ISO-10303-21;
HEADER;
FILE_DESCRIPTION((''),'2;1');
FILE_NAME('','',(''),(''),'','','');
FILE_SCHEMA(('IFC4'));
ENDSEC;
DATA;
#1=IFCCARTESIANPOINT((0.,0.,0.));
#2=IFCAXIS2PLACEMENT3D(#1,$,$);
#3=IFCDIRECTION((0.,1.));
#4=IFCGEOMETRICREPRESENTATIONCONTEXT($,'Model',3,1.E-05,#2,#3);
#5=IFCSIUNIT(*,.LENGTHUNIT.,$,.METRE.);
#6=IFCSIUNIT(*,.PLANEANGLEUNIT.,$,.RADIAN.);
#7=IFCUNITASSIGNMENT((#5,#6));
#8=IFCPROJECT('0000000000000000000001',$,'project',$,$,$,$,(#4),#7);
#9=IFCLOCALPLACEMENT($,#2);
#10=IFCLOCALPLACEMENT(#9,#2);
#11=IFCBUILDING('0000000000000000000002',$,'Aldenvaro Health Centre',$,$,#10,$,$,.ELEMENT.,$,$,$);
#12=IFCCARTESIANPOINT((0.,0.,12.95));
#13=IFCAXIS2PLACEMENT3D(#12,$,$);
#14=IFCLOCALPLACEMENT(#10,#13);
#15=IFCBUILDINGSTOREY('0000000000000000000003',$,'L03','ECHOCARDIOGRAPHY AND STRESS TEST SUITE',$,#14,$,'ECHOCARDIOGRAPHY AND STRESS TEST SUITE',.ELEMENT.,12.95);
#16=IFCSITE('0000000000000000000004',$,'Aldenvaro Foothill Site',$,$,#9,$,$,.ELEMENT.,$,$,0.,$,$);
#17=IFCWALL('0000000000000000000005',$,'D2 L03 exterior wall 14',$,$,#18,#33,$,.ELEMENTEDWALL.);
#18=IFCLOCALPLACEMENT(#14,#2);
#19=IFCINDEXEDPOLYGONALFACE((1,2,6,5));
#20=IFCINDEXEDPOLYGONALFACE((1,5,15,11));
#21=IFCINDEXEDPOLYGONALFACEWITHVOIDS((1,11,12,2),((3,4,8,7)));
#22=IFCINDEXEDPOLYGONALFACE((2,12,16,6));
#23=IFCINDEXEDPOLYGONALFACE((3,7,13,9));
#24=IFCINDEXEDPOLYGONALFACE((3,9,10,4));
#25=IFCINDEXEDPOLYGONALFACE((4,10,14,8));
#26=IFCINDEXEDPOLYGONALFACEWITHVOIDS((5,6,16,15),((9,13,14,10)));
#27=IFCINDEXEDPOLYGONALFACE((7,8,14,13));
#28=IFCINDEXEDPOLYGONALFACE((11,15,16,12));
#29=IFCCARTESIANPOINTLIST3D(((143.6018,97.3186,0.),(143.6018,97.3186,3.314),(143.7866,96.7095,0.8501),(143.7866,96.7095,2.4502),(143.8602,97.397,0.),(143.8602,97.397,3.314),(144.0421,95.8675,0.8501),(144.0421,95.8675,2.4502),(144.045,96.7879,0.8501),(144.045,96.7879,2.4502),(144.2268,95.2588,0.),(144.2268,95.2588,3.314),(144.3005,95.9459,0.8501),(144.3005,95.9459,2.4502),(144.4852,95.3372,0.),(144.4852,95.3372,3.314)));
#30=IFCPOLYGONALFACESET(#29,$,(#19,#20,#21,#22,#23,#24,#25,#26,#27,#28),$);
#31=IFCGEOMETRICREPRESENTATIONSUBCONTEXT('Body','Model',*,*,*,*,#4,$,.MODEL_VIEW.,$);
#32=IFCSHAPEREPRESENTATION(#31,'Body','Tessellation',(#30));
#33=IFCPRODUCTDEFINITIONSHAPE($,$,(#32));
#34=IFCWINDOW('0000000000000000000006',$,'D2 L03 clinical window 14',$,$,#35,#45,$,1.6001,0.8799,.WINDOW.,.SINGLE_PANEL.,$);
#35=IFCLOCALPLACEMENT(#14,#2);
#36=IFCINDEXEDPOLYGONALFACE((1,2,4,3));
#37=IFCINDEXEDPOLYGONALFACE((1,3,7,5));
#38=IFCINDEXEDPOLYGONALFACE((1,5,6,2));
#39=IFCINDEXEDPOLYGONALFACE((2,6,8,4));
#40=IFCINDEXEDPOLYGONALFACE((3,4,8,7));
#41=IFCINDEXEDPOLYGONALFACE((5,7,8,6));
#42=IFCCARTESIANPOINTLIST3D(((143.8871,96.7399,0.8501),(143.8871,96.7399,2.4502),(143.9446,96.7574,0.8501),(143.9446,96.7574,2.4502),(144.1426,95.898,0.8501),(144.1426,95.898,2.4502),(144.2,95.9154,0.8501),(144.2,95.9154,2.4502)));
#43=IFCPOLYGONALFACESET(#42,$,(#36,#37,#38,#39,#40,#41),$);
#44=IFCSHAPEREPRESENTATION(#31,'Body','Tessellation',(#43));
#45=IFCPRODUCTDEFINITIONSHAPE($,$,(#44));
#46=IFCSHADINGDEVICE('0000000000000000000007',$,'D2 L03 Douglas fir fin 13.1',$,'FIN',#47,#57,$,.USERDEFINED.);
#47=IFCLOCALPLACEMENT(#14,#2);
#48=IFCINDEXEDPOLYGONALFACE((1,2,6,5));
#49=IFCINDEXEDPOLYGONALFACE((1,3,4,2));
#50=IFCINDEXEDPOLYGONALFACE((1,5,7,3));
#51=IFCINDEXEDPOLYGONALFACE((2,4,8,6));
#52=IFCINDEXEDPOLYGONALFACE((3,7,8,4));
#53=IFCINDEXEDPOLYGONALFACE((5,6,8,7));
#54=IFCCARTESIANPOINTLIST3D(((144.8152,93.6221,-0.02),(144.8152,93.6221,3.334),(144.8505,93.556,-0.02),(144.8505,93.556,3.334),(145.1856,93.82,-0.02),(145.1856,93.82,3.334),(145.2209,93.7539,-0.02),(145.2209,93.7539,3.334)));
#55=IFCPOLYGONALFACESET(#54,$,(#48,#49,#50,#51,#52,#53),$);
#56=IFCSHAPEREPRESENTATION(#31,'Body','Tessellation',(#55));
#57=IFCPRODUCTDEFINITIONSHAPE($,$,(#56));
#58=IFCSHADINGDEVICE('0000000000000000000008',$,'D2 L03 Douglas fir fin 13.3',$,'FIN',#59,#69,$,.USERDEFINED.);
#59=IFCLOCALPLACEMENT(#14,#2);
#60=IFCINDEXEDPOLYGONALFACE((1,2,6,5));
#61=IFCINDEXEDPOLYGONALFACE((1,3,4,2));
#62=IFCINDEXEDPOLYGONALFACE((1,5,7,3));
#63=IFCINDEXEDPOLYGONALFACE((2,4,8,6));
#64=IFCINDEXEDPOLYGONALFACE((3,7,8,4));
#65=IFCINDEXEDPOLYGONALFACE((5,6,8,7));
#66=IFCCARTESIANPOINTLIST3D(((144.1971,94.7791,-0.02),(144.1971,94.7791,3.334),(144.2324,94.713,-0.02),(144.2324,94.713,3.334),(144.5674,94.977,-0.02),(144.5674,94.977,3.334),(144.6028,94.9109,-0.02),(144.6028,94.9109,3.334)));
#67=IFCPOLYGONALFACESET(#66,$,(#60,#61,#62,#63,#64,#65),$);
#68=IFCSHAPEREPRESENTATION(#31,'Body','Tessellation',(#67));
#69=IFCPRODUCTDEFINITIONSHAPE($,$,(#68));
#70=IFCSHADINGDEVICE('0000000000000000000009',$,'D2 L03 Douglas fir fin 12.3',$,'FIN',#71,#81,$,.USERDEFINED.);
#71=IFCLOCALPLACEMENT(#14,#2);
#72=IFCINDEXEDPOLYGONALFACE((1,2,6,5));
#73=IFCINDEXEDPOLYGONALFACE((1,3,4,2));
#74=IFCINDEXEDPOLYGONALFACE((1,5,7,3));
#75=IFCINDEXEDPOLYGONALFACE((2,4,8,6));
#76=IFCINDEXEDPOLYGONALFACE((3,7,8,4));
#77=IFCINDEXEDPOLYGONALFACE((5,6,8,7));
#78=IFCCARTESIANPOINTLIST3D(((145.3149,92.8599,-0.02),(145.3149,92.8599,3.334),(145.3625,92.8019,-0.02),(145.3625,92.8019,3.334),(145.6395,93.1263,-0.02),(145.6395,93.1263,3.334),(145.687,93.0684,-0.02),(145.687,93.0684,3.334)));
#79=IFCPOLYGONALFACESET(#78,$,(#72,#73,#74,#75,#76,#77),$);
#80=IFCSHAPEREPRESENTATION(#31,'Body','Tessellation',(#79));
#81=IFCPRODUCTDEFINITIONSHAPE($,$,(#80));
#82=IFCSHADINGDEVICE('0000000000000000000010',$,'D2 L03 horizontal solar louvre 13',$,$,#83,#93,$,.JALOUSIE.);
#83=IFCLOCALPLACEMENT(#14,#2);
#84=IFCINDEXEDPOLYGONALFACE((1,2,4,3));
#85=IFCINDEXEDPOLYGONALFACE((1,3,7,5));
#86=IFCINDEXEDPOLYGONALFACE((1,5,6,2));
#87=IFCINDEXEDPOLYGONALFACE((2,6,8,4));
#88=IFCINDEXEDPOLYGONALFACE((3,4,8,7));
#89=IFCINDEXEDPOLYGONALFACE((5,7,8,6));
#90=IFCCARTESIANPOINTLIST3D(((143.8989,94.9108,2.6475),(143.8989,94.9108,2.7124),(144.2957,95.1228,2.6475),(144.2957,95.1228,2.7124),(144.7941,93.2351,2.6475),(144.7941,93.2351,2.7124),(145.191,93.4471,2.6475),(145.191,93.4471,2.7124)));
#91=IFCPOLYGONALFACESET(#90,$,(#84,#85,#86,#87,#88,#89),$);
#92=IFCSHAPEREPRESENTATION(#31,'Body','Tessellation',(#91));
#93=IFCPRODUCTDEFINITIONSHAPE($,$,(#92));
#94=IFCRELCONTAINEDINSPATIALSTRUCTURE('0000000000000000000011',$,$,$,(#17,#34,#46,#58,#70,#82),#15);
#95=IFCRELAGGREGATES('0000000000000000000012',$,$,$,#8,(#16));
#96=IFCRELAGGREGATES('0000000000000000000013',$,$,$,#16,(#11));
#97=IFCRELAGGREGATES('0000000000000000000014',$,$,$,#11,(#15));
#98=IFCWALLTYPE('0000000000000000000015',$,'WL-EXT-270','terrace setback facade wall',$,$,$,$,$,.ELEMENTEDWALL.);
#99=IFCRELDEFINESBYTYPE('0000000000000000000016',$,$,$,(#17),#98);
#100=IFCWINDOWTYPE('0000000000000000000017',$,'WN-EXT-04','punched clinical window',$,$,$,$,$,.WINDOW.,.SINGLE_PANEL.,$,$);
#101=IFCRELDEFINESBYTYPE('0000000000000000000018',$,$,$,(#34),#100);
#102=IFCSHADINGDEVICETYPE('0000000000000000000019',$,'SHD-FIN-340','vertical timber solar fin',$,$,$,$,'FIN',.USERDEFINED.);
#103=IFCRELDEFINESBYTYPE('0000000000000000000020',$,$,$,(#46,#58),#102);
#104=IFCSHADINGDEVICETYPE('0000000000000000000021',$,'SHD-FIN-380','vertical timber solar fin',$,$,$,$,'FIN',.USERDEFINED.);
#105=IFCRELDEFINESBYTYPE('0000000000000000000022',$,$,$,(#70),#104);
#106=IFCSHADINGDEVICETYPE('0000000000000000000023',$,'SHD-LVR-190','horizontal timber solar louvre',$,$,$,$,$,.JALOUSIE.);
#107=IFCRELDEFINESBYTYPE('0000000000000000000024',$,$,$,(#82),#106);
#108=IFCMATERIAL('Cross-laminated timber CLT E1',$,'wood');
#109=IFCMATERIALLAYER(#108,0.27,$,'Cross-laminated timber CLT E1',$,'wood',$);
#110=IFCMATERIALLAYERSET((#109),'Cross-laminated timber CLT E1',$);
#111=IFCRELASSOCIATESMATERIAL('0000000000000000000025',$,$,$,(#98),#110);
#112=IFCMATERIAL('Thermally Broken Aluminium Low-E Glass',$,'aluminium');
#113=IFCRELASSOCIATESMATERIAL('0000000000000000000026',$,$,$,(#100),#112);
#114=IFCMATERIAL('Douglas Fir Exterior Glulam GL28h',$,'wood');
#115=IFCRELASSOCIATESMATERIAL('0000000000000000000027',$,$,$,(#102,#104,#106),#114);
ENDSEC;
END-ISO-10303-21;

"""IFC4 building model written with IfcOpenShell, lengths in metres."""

from ifc_helpers import new_model, si_unit, direction, frame, frame_2d, origin, origin_2d, place, context, subcontext, project, spatial, rectangle, extrude, material, layer, layer_set, type_object, element, fill, save


model = new_model("IFC4")

# Units and contexts
model_context = context("Model", 3, precision=1e-05, world=origin(), true_north=direction((0.0, 1.0)))
body_context = subcontext(model_context, "Body", "Model", "MODEL_VIEW")
ifc_project = project(units=[si_unit("LENGTHUNIT", "METRE"), si_unit("PLANEANGLEUNIT", "RADIAN")], contexts=[model_context])

# Site, building, storey
site_placement = place(None, origin())
site = spatial("IfcSite", under=ifc_project, at=site_placement, Name="Aldenvaro Foothill Site", CompositionType="ELEMENT", RefElevation=0.0)
building_placement = place(site_placement, origin())
building = spatial("IfcBuilding", under=site, at=building_placement, Name="Aldenvaro Health Centre", CompositionType="ELEMENT")
storey_placement = place(building_placement, frame((0.0, 0.0, 12.95)))
storey = spatial("IfcBuildingStorey", under=building, at=storey_placement, Name="L03", Description="ECHOCARDIOGRAPHY AND STRESS TEST SUITE", LongName="ECHOCARDIOGRAPHY AND STRESS TEST SUITE", CompositionType="ELEMENT", Elevation=12.95)

# Wall, opening, window
ifc_material_1 = material(Name="Cross-laminated timber CLT E1", Category="wood")
ifc_layer_1 = layer(ifc_material_1, 0.27, Name="Cross-laminated timber CLT E1", Category="wood")
ifc_layer_set_1 = layer_set([ifc_layer_1], Name="Cross-laminated timber CLT E1")
wall_type = type_object("IfcWallType", Name="WL-EXT-270", Description="terrace setback facade wall", PredefinedType="ELEMENTEDWALL", material=ifc_layer_set_1)
ifc_material_2 = material(Name="Thermally Broken Aluminium Low-E Glass", Category="aluminium")
wall_1_placement = place(storey_placement, frame((144.356, 95.2981, 0.0), z_axis=(0.0, 0.0, 1.0), x_axis=(-0.290354, 0.956919, 0.0)))
wall_1 = element("IfcWall", 1, at=wall_1_placement, inside=storey, type_object=wall_type, Name="D2 L03 exterior wall 14", PredefinedType="ELEMENTEDWALL", context=body_context, shape_type="SweptSolid", body=[
    extrude(rectangle(XDim=2.1526, YDim=0.27, at=frame_2d((1.0762, 0.0))), origin(), (0.0, 0.0, 1.0), 3.314),
])
opening_1_placement = place(wall_1_placement, frame((0.636, 0.0, 0.8501)))
opening_1 = element("IfcOpeningElement", 2, at=opening_1_placement, cuts=wall_1, PredefinedType="OPENING", context=body_context, shape_type="SweptSolid", body=[
    extrude(rectangle(XDim=0.8799, YDim=1.6001, at=frame_2d((0.4399, 0.8))), frame((0.0, 0.145, 0.0), z_axis=(0.0, -1.0, 0.0), x_axis=(1.0, 0.0, 0.0)), (0.0, 0.0, 1.0), 0.29),
])
window_type_1 = type_object("IfcWindowType", Name="WN-EXT-04", Description="punched clinical window", PartitioningType="SINGLE_PANEL", PredefinedType="WINDOW", material=ifc_material_2)
window_1_placement = place(opening_1_placement, origin())
window_1 = element("IfcWindow", 3, at=window_1_placement, inside=storey, type_object=window_type_1, Name="D2 L03 clinical window 14", OverallHeight=1.6001, OverallWidth=0.8799, PartitioningType="SINGLE_PANEL", PredefinedType="WINDOW", context=body_context, shape_type="SweptSolid", body=[
    extrude(rectangle(XDim=0.8799, YDim=1.6001, at=frame_2d((0.4399, 0.8))), frame((0.0, 0.03, 0.0), z_axis=(0.0, -1.0, 0.0), x_axis=(1.0, 0.0, 0.0)), (0.0, 0.0, 1.0), 0.0601),
])
fill(opening_1, window_1)

# Shading devices
ifc_material_3 = material(Name="Douglas Fir Exterior Glulam GL28h", Category="wood")
shading_device_type_1 = type_object("IfcShadingDeviceType", Name="SHD-FIN-340", Description="vertical timber solar fin", ElementType="FIN", PredefinedType="USERDEFINED", material=ifc_material_3)
for number, where, z_axis, x_axis, name in (
    (4, (145.0181, 93.688, -0.02), (0.0, 0.0, 1.0), (-0.471215, 0.882018, 0.0), "D2 L03 Douglas fir fin 13.1"),
    (5, (144.3999, 94.845, -0.02), (0.0, 0.0, 1.0), (-0.471215, 0.882018, 0.0), "D2 L03 Douglas fir fin 13.3"),
):
    element("IfcShadingDevice", number, at=place(storey_placement, frame(where, z_axis=z_axis, x_axis=x_axis)), inside=storey, type_object=shading_device_type_1, Name=name, ObjectType="FIN", PredefinedType="USERDEFINED", context=body_context, shape_type="SweptSolid", body=[
        extrude(rectangle(XDim=0.075, YDim=0.4199, at=origin_2d()), origin(), (0.0, 0.0, 1.0), 3.354),
    ])
shading_device_type_2 = type_object("IfcShadingDeviceType", Name="SHD-FIN-380", Description="vertical timber solar fin", ElementType="FIN", PredefinedType="USERDEFINED", material=ifc_material_3)
shading_device_1_placement = place(storey_placement, frame((145.501, 92.9641, -0.02), z_axis=(0.0, 0.0, 1.0), x_axis=(-0.634502, 0.772921, 0.0)))
element("IfcShadingDevice", 6, at=shading_device_1_placement, inside=storey, type_object=shading_device_type_2, Name="D2 L03 Douglas fir fin 12.3", ObjectType="FIN", PredefinedType="USERDEFINED", context=body_context, shape_type="SweptSolid", body=[
    extrude(rectangle(XDim=0.075, YDim=0.4199, at=origin_2d()), origin(), (0.0, 0.0, 1.0), 3.354),
])
shading_device_type_3 = type_object("IfcShadingDeviceType", Name="SHD-LVR-190", Description="horizontal timber solar louvre", PredefinedType="JALOUSIE", material=ifc_material_3)
shading_device_2_placement = place(storey_placement, frame((144.5449, 94.179, 2.6475), z_axis=(0.0, 0.0, 1.0), x_axis=(-0.471215, 0.882018, 0.0)))
element("IfcShadingDevice", 7, at=shading_device_2_placement, inside=storey, type_object=shading_device_type_3, Name="D2 L03 horizontal solar louvre 13", PredefinedType="JALOUSIE", context=body_context, shape_type="SweptSolid", body=[
    extrude(rectangle(XDim=1.8999, YDim=0.45, at=origin_2d()), origin(), (0.0, 0.0, 1.0), 0.0649),
])

save(model, "model.ifc")
